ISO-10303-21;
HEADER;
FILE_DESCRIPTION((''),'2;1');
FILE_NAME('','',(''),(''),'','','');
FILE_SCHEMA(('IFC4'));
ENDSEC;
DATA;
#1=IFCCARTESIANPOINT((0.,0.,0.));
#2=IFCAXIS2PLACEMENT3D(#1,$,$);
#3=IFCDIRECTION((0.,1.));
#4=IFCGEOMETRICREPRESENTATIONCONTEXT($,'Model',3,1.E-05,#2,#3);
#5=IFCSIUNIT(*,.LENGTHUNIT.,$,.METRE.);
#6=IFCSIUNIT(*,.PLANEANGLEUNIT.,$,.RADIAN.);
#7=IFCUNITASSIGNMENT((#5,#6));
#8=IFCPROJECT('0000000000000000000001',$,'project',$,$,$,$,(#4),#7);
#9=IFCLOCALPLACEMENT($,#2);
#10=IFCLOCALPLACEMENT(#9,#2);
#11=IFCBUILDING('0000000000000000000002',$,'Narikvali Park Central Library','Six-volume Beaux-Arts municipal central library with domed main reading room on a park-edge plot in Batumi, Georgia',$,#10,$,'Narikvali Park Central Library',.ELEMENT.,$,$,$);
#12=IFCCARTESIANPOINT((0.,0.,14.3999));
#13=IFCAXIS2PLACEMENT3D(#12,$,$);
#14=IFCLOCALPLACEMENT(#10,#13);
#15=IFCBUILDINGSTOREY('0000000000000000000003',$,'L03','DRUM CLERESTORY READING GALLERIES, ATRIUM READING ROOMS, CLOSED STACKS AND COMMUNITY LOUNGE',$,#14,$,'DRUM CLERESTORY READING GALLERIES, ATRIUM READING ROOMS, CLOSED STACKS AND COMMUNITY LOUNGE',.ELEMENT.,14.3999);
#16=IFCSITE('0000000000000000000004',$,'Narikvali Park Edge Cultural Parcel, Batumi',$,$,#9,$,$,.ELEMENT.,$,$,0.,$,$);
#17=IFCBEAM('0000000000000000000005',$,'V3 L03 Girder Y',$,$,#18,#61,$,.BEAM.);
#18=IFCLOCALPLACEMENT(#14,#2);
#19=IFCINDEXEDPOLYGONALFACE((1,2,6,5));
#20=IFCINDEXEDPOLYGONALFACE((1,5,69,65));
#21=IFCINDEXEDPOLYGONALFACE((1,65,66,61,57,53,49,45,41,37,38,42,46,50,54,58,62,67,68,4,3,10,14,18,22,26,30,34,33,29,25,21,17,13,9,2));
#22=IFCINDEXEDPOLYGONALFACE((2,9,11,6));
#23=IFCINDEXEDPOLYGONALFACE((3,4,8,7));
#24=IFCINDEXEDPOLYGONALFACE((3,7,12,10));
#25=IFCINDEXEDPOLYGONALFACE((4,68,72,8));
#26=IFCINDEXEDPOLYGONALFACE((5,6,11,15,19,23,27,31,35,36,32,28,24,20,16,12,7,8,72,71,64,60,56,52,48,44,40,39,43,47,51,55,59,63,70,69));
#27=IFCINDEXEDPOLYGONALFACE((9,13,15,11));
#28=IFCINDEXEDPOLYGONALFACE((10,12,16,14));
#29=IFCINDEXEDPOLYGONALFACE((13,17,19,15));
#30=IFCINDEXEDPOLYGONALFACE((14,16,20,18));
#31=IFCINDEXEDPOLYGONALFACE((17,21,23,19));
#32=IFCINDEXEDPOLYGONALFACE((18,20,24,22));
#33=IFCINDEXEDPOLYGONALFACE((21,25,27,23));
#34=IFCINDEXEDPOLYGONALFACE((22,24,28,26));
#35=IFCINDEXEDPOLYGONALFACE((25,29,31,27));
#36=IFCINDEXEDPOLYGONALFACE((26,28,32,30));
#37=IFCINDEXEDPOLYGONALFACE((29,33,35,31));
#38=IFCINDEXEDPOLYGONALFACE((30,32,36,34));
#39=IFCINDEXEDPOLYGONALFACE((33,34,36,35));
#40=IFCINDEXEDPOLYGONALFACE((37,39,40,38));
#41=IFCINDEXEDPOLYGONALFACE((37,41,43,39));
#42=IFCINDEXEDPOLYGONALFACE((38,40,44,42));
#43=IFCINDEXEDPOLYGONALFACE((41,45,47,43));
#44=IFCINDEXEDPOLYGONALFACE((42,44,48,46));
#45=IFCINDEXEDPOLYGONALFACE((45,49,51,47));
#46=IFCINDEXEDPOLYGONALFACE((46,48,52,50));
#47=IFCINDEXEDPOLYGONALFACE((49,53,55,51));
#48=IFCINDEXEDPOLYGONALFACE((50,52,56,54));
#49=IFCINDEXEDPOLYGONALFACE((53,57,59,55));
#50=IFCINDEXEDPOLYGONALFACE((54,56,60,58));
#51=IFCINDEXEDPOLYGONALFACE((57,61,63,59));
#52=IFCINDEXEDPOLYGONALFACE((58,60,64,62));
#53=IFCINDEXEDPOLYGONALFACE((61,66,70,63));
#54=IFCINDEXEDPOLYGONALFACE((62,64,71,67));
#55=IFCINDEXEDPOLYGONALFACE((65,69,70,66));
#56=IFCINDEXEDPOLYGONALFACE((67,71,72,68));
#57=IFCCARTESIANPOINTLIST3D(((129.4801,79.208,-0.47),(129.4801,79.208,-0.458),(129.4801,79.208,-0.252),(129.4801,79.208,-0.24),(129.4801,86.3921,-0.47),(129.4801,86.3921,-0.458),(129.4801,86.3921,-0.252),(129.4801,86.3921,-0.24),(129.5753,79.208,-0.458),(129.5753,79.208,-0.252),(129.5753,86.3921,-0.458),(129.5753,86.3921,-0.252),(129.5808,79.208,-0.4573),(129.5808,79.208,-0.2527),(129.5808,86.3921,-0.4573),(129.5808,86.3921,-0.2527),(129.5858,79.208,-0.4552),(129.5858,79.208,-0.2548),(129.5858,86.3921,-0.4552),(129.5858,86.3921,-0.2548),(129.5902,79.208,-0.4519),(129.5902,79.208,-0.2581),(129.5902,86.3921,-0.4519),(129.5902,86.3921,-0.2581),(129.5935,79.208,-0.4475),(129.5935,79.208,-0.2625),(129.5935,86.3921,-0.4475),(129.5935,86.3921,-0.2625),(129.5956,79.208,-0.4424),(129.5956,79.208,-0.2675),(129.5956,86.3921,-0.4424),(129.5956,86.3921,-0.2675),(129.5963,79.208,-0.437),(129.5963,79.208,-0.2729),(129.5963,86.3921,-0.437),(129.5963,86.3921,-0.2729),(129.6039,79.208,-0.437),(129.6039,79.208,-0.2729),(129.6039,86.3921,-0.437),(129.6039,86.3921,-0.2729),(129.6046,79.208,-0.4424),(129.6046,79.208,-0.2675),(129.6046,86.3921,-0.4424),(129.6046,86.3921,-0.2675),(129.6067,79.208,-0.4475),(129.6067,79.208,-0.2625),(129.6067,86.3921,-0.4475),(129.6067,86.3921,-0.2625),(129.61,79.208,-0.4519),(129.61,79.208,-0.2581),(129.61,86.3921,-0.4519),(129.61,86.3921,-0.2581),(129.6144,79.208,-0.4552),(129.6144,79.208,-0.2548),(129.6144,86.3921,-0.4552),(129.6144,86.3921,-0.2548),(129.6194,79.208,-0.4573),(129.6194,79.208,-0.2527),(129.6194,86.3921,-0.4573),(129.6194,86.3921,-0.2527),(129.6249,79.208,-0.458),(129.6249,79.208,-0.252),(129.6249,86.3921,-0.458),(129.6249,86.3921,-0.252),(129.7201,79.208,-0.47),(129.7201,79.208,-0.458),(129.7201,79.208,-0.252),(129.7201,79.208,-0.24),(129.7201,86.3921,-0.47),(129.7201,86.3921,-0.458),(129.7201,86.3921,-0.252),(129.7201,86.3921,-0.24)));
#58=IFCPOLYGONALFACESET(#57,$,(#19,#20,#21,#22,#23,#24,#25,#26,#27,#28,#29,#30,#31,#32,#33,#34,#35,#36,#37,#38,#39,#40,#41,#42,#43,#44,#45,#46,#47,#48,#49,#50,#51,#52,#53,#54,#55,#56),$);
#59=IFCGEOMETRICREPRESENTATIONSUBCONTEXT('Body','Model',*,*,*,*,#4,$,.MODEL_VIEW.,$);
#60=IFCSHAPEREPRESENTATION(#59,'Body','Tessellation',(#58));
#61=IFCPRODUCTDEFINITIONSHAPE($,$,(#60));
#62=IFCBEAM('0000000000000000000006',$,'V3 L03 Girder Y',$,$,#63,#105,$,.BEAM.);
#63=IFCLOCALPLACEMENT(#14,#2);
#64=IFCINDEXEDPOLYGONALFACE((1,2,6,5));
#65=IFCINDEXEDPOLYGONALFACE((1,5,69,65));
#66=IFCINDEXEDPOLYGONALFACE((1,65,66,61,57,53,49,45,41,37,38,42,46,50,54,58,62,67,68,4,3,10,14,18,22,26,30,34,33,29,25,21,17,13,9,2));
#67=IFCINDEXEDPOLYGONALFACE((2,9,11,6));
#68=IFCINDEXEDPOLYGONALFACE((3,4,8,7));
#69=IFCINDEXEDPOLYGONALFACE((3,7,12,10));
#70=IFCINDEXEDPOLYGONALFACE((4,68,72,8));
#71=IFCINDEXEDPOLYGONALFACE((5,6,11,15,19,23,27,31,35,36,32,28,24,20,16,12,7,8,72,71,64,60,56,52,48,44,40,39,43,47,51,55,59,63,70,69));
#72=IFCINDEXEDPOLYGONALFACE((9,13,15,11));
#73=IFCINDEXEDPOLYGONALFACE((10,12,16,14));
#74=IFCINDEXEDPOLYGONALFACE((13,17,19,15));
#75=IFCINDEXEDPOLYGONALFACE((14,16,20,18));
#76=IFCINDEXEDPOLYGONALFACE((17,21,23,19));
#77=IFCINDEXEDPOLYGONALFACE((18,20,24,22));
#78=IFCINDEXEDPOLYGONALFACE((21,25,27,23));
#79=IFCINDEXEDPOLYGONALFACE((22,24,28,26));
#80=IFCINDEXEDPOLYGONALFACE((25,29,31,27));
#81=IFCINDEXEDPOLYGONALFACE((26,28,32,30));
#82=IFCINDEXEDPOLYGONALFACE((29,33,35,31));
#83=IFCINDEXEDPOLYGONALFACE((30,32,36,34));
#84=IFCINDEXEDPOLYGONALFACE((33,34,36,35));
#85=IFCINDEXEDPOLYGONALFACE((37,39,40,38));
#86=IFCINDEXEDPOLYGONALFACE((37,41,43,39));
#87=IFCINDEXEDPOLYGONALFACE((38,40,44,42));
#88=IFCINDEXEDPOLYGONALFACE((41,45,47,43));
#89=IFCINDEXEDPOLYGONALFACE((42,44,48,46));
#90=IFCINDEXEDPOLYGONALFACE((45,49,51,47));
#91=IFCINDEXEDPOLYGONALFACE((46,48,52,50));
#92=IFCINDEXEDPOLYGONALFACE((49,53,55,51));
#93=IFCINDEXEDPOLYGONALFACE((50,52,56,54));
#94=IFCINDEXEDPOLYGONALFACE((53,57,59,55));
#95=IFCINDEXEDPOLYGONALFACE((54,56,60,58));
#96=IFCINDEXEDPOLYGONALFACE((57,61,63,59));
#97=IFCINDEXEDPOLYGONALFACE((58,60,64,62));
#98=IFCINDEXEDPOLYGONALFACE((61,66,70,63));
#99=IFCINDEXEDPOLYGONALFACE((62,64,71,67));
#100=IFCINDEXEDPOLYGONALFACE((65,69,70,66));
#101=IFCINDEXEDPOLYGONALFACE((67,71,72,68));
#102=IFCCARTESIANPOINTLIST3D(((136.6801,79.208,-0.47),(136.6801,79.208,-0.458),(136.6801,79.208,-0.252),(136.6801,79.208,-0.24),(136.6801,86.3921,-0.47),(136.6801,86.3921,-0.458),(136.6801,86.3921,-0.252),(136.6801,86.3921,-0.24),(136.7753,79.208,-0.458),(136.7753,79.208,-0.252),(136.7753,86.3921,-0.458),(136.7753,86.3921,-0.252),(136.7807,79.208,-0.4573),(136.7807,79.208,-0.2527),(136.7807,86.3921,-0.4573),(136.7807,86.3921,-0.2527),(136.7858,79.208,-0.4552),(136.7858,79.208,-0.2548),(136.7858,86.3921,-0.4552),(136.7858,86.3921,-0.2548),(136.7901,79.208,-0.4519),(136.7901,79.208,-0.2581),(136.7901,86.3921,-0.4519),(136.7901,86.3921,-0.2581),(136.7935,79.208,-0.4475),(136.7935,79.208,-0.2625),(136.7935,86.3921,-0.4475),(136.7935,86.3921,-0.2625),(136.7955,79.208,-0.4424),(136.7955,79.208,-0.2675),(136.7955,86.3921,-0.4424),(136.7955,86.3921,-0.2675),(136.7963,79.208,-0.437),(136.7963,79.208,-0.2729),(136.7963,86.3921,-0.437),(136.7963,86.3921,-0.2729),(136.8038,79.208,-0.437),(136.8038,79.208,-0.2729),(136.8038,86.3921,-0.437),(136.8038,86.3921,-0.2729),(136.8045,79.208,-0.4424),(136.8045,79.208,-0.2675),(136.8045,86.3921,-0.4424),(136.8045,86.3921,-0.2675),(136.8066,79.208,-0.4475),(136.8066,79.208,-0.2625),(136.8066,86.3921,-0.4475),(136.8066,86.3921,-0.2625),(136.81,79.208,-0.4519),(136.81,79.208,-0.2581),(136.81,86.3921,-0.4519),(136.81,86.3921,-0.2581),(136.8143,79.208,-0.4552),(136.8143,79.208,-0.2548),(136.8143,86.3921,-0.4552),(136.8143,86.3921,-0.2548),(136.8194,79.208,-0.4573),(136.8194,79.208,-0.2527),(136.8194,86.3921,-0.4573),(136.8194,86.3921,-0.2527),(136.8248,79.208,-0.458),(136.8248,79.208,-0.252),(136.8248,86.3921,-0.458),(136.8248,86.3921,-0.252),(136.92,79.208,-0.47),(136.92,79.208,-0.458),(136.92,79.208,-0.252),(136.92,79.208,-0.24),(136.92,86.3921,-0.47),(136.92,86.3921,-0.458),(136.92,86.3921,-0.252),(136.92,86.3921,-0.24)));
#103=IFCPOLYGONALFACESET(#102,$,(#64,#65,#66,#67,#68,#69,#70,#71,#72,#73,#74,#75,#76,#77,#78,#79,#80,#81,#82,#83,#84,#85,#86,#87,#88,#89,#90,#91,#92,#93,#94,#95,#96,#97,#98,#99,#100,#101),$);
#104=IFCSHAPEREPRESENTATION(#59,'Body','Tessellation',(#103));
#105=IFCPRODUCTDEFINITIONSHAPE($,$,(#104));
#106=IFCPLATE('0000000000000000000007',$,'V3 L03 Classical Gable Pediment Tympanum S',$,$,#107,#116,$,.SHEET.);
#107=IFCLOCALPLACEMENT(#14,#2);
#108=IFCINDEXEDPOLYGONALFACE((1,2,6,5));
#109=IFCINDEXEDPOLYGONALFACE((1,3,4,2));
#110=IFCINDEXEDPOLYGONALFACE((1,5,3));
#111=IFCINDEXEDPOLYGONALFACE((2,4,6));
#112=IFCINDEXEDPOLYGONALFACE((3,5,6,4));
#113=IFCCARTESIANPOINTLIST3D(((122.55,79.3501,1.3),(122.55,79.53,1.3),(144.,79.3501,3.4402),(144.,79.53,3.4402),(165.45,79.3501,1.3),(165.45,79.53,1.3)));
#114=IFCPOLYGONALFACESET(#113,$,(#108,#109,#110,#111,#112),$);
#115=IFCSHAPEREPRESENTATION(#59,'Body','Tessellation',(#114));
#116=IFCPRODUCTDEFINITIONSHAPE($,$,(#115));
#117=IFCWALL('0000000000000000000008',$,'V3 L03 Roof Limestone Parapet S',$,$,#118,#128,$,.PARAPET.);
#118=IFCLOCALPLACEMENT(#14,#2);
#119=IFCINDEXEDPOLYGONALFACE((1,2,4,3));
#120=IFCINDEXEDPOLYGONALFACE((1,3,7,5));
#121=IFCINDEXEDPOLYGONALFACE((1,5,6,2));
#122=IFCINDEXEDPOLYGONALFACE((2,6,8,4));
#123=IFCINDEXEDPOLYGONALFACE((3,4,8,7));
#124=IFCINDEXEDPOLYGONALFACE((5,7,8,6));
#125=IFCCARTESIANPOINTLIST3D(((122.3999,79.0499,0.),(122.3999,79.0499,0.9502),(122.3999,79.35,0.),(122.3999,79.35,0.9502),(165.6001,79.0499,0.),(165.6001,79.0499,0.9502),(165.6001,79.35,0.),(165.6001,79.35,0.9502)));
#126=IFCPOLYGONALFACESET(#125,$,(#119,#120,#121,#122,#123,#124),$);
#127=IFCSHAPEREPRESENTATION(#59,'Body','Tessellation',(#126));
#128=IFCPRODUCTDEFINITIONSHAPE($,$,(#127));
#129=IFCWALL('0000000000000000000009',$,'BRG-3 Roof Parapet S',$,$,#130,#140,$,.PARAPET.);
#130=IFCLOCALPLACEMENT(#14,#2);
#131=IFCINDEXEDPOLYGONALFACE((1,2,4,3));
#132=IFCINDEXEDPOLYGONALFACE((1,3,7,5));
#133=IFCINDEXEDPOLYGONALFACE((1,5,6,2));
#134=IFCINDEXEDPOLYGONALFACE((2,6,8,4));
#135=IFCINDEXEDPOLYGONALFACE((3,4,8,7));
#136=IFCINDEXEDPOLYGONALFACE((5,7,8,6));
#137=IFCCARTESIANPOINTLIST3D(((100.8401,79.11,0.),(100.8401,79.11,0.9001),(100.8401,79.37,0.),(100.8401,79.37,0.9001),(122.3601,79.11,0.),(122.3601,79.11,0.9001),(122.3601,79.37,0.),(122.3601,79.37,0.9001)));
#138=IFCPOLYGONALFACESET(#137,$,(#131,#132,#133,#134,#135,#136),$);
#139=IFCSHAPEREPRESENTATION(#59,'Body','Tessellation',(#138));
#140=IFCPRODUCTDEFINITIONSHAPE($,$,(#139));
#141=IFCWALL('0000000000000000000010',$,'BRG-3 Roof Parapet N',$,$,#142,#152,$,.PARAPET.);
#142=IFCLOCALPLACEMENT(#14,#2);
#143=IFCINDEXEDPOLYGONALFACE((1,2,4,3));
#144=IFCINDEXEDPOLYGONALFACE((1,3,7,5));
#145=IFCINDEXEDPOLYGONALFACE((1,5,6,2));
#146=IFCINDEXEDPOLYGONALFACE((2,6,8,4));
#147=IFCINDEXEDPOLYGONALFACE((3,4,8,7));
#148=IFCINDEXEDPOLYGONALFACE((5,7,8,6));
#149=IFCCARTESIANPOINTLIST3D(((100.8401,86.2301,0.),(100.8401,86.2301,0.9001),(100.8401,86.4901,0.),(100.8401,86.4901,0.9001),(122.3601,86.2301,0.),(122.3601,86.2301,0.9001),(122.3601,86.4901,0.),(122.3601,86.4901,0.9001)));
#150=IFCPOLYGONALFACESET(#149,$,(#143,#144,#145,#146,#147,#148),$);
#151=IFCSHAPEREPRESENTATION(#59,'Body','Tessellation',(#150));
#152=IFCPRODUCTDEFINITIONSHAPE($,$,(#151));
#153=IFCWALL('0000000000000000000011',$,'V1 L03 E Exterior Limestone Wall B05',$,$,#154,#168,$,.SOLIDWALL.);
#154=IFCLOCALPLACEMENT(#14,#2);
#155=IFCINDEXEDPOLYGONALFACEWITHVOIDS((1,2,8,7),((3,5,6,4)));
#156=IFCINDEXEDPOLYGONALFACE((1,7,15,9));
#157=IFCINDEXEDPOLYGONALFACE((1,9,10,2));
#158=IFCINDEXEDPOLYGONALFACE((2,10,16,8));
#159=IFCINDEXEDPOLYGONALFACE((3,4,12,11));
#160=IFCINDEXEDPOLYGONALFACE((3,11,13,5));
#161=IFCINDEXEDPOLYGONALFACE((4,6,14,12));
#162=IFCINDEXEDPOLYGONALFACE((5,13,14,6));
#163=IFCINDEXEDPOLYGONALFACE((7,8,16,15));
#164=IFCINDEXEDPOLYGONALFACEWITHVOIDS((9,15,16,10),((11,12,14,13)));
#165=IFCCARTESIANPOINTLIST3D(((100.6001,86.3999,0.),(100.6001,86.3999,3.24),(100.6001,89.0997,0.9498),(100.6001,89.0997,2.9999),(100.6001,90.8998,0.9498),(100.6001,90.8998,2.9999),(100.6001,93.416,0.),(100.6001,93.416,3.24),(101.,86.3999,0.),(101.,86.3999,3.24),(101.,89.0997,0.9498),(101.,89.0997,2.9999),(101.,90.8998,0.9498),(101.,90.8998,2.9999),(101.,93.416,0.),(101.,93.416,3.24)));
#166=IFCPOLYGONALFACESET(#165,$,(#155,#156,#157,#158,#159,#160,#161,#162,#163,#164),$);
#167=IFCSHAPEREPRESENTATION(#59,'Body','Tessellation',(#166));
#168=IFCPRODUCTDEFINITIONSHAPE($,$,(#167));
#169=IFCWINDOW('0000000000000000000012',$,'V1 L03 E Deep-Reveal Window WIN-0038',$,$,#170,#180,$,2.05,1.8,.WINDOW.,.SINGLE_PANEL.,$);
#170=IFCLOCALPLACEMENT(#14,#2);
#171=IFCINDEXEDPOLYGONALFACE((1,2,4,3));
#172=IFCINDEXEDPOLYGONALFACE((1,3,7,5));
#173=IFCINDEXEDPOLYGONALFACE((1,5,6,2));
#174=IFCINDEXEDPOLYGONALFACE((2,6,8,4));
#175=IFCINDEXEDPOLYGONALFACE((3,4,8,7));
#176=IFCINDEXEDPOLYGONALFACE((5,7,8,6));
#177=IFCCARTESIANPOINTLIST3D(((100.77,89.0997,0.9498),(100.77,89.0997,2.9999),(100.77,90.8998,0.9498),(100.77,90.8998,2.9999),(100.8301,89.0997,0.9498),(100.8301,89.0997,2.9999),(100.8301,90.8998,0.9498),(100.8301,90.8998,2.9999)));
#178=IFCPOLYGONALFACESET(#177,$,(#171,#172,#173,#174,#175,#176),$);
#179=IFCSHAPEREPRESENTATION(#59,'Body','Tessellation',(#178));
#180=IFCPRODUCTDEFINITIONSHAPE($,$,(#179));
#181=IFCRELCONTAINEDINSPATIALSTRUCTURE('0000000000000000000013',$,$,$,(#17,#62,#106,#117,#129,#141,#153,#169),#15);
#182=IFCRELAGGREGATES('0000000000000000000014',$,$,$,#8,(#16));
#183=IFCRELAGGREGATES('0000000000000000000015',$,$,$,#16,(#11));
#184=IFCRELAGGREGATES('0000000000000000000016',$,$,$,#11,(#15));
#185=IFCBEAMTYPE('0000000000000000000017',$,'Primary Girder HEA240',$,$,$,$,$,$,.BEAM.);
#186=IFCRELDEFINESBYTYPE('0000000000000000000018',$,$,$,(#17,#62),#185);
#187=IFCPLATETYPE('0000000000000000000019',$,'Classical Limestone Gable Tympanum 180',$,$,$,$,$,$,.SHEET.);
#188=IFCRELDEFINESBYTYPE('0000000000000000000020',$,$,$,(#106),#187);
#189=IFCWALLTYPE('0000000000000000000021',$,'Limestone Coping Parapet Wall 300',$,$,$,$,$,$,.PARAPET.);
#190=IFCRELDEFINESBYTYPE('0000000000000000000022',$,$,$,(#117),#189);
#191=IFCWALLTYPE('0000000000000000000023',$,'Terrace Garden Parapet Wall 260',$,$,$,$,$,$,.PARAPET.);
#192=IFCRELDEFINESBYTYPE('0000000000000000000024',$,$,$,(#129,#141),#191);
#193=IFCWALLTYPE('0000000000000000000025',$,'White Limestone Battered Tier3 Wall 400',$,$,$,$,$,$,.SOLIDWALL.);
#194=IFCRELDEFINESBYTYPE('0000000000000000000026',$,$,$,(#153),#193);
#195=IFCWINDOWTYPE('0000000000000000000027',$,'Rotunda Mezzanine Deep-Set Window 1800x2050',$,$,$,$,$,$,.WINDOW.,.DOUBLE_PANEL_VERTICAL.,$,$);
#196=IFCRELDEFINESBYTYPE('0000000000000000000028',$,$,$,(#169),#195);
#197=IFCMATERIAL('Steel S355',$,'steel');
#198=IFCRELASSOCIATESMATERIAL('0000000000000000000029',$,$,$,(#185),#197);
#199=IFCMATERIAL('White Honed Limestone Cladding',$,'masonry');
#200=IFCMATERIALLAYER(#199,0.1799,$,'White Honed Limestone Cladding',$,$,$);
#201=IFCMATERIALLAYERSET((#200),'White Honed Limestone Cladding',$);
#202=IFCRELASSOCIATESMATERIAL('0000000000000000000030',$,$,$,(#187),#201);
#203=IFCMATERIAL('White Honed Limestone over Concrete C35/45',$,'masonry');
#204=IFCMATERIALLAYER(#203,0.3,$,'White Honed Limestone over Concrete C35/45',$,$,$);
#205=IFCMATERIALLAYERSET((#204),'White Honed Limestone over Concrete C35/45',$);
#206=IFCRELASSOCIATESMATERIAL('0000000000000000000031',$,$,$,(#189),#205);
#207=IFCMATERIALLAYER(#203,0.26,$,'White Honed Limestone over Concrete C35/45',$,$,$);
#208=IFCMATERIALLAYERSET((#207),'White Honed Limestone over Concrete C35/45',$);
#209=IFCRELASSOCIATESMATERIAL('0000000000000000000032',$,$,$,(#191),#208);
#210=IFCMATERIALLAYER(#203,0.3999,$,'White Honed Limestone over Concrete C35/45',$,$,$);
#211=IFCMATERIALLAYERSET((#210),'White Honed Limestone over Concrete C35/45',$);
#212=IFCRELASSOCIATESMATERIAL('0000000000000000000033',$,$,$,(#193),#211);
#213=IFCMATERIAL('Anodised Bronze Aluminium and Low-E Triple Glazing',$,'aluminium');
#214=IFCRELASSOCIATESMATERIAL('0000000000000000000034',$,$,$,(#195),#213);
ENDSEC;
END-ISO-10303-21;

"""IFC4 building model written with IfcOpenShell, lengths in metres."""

from ifc_helpers import new_model, si_unit, direction, frame, frame_2d, origin, origin_2d, place, context, subcontext, project, spatial, polyline, rectangle, i_section, outline, extrude, material, layer, layer_set, material_profile, profile_set, type_object, element, fill, save


model = new_model("IFC4")

# Units and contexts
model_context = context("Model", 3, precision=1e-05, world=origin(), true_north=direction((0.0, 1.0)))
body_context = subcontext(model_context, "Body", "Model", "MODEL_VIEW")
ifc_project = project(units=[si_unit("LENGTHUNIT", "METRE"), si_unit("PLANEANGLEUNIT", "RADIAN")], contexts=[model_context])

# Site, building, storey
site_placement = place(None, origin())
site = spatial("IfcSite", under=ifc_project, at=site_placement, Name="Narikvali Park Edge Cultural Parcel, Batumi", CompositionType="ELEMENT", RefElevation=0.0)
building_placement = place(site_placement, origin())
building = spatial("IfcBuilding", under=site, at=building_placement, Name="Narikvali Park Central Library", Description="Six-volume Beaux-Arts municipal central library with domed main reading room on a park-edge plot in Batumi, Georgia", LongName="Narikvali Park Central Library", CompositionType="ELEMENT")
storey_placement = place(building_placement, frame((0.0, 0.0, 14.3999)))
storey = spatial("IfcBuildingStorey", under=building, at=storey_placement, Name="L03", Description="DRUM CLERESTORY READING GALLERIES, ATRIUM READING ROOMS, CLOSED STACKS AND COMMUNITY LOUNGE", LongName="DRUM CLERESTORY READING GALLERIES, ATRIUM READING ROOMS, CLOSED STACKS AND COMMUNITY LOUNGE", CompositionType="ELEMENT", Elevation=14.3999)

# Shared definitions
ifc_material_1 = material(Name="Steel S355", Category="steel")

# Beams
ifc_material_profile_1 = material_profile(ifc_material_1, i_section(OverallWidth=0.24, OverallDepth=0.23, WebThickness=0.0076, FlangeThickness=0.012, FilletRadius=0.021, at=origin_2d()), Name="HEA 240")
ifc_profile_set_1 = profile_set([ifc_material_profile_1], Name="Steel S355")
beam_type_1 = type_object("IfcBeamType", Name="Primary Girder HEA240", PredefinedType="BEAM", material=ifc_profile_set_1)
for number, where, z_axis, x_axis, name in (
    (1, (129.6001, 79.208, -0.355), (0.0, 1.0, 0.0), (-1.0, 0.0, 0.0), "V3 L03 Girder Y"),
    (2, (136.8, 79.208, -0.355), (0.0, 1.0, 0.0), (-1.0, 0.0, 0.0), "V3 L03 Girder Y"),
):
    element("IfcBeam", number, at=place(storey_placement, frame(where, z_axis=z_axis, x_axis=x_axis)), inside=storey, type_object=beam_type_1, Name=name, PredefinedType="BEAM", context=body_context, shape_type="SweptSolid", body=[
        extrude(i_section(OverallWidth=0.24, OverallDepth=0.23, WebThickness=0.0076, FlangeThickness=0.012, FilletRadius=0.021, at=origin_2d()), origin(), (0.0, 0.0, 1.0), 7.1841),
    ])

# Plate
ifc_material_2 = material(Name="White Honed Limestone Cladding", Category="masonry")
ifc_layer_1 = layer(ifc_material_2, 0.1799, Name="White Honed Limestone Cladding")
ifc_layer_set_1 = layer_set([ifc_layer_1], Name="White Honed Limestone Cladding")
plate_type = type_object("IfcPlateType", Name="Classical Limestone Gable Tympanum 180", PredefinedType="SHEET", material=ifc_layer_set_1)
plate_placement = place(storey_placement, frame((122.55, 79.3501, 1.3), z_axis=(0.0, -1.0, 0.0), x_axis=(1.0, 0.0, 0.0)))
element("IfcPlate", 3, at=plate_placement, inside=storey, type_object=plate_type, Name="V3 L03 Classical Gable Pediment Tympanum S", PredefinedType="SHEET", context=body_context, shape_type="SweptSolid", body=[
    extrude(outline(polyline([(0.0, 0.0), (42.8999, 0.0), (21.45, 2.1401), (0.0, 0.0)])), origin(), (0.0, 0.0, -1.0), 0.1799),
])

# Walls
ifc_material_3 = material(Name="White Honed Limestone over Concrete C35/45", Category="masonry")
ifc_layer_2 = layer(ifc_material_3, 0.3, Name="White Honed Limestone over Concrete C35/45")
ifc_layer_set_2 = layer_set([ifc_layer_2], Name="White Honed Limestone over Concrete C35/45")
wall_type_1 = type_object("IfcWallType", Name="Limestone Coping Parapet Wall 300", PredefinedType="PARAPET", material=ifc_layer_set_2)
wall_1_placement = place(storey_placement, frame((122.3999, 79.2, 0.0), z_axis=(0.0, 0.0, 1.0), x_axis=(1.0, 0.0, 0.0)))
element("IfcWall", 4, at=wall_1_placement, inside=storey, type_object=wall_type_1, Name="V3 L03 Roof Limestone Parapet S", PredefinedType="PARAPET", context=body_context, shape_type="SweptSolid", body=[
    extrude(rectangle(XDim=43.2002, YDim=0.3, at=frame_2d((21.6001, 0.0))), origin(), (0.0, 0.0, 1.0), 0.9502),
])
ifc_layer_3 = layer(ifc_material_3, 0.26, Name="White Honed Limestone over Concrete C35/45")
ifc_layer_set_3 = layer_set([ifc_layer_3], Name="White Honed Limestone over Concrete C35/45")
wall_type_2 = type_object("IfcWallType", Name="Terrace Garden Parapet Wall 260", PredefinedType="PARAPET", material=ifc_layer_set_3)
for number, where, z_axis, x_axis, name in (
    (5, (100.8401, 79.24, 0.0), (0.0, 0.0, 1.0), (1.0, 0.0, 0.0), "BRG-3 Roof Parapet S"),
    (6, (122.3601, 86.3601, 0.0), (0.0, 0.0, 1.0), (-1.0, 0.0, 0.0), "BRG-3 Roof Parapet N"),
):
    element("IfcWall", number, at=place(storey_placement, frame(where, z_axis=z_axis, x_axis=x_axis)), inside=storey, type_object=wall_type_2, Name=name, PredefinedType="PARAPET", context=body_context, shape_type="SweptSolid", body=[
        extrude(rectangle(XDim=21.52, YDim=0.26, at=frame_2d((10.76, 0.0))), origin(), (0.0, 0.0, 1.0), 0.9001),
    ])

# Wall, opening, window
ifc_layer_4 = layer(ifc_material_3, 0.3999, Name="White Honed Limestone over Concrete C35/45")
ifc_layer_set_4 = layer_set([ifc_layer_4], Name="White Honed Limestone over Concrete C35/45")
wall_type_3 = type_object("IfcWallType", Name="White Limestone Battered Tier3 Wall 400", PredefinedType="SOLIDWALL", material=ifc_layer_set_4)
wall_2_placement = place(storey_placement, frame((100.8, 86.3999, 0.0), z_axis=(0.0, 0.0, 1.0), x_axis=(0.0, 1.0, 0.0)))
wall_2 = element("IfcWall", 7, at=wall_2_placement, inside=storey, type_object=wall_type_3, Name="V1 L03 E Exterior Limestone Wall B05", PredefinedType="SOLIDWALL", context=body_context, shape_type="SweptSolid", body=[
    extrude(rectangle(XDim=7.0161, YDim=0.3999, at=frame_2d((3.5081, 0.0))), origin(), (0.0, 0.0, 1.0), 3.24),
])
opening_placement = place(wall_2_placement, frame((2.7, 0.0, 0.95)))
opening = element("IfcOpeningElement", 8, at=opening_placement, cuts=wall_2, PredefinedType="OPENING", context=body_context, shape_type="SweptSolid", body=[
    extrude(rectangle(XDim=1.8, YDim=2.05, at=frame_2d((0.8999, 1.0249))), frame((0.0, 0.2119, 0.0), z_axis=(0.0, -1.0, 0.0), x_axis=(1.0, 0.0, 0.0)), (0.0, 0.0, 1.0), 0.4238),
])
ifc_material_4 = material(Name="Anodised Bronze Aluminium and Low-E Triple Glazing", Category="aluminium")
window_type = type_object("IfcWindowType", Name="Rotunda Mezzanine Deep-Set Window 1800x2050", PartitioningType="DOUBLE_PANEL_VERTICAL", PredefinedType="WINDOW", material=ifc_material_4)
window_placement = place(opening_placement, origin())
window = element("IfcWindow", 9, at=window_placement, inside=storey, type_object=window_type, Name="V1 L03 E Deep-Reveal Window WIN-0038", OverallHeight=2.05, OverallWidth=1.8, PartitioningType="SINGLE_PANEL", PredefinedType="WINDOW", context=body_context, shape_type="SweptSolid", body=[
    extrude(rectangle(XDim=1.8, YDim=2.05, at=frame_2d((0.8999, 1.0249))), frame((0.0, 0.03, 0.0), z_axis=(0.0, -1.0, 0.0), x_axis=(1.0, 0.0, 0.0)), (0.0, 0.0, 1.0), 0.0601),
])
fill(opening, window)

save(model, "model.ifc")
